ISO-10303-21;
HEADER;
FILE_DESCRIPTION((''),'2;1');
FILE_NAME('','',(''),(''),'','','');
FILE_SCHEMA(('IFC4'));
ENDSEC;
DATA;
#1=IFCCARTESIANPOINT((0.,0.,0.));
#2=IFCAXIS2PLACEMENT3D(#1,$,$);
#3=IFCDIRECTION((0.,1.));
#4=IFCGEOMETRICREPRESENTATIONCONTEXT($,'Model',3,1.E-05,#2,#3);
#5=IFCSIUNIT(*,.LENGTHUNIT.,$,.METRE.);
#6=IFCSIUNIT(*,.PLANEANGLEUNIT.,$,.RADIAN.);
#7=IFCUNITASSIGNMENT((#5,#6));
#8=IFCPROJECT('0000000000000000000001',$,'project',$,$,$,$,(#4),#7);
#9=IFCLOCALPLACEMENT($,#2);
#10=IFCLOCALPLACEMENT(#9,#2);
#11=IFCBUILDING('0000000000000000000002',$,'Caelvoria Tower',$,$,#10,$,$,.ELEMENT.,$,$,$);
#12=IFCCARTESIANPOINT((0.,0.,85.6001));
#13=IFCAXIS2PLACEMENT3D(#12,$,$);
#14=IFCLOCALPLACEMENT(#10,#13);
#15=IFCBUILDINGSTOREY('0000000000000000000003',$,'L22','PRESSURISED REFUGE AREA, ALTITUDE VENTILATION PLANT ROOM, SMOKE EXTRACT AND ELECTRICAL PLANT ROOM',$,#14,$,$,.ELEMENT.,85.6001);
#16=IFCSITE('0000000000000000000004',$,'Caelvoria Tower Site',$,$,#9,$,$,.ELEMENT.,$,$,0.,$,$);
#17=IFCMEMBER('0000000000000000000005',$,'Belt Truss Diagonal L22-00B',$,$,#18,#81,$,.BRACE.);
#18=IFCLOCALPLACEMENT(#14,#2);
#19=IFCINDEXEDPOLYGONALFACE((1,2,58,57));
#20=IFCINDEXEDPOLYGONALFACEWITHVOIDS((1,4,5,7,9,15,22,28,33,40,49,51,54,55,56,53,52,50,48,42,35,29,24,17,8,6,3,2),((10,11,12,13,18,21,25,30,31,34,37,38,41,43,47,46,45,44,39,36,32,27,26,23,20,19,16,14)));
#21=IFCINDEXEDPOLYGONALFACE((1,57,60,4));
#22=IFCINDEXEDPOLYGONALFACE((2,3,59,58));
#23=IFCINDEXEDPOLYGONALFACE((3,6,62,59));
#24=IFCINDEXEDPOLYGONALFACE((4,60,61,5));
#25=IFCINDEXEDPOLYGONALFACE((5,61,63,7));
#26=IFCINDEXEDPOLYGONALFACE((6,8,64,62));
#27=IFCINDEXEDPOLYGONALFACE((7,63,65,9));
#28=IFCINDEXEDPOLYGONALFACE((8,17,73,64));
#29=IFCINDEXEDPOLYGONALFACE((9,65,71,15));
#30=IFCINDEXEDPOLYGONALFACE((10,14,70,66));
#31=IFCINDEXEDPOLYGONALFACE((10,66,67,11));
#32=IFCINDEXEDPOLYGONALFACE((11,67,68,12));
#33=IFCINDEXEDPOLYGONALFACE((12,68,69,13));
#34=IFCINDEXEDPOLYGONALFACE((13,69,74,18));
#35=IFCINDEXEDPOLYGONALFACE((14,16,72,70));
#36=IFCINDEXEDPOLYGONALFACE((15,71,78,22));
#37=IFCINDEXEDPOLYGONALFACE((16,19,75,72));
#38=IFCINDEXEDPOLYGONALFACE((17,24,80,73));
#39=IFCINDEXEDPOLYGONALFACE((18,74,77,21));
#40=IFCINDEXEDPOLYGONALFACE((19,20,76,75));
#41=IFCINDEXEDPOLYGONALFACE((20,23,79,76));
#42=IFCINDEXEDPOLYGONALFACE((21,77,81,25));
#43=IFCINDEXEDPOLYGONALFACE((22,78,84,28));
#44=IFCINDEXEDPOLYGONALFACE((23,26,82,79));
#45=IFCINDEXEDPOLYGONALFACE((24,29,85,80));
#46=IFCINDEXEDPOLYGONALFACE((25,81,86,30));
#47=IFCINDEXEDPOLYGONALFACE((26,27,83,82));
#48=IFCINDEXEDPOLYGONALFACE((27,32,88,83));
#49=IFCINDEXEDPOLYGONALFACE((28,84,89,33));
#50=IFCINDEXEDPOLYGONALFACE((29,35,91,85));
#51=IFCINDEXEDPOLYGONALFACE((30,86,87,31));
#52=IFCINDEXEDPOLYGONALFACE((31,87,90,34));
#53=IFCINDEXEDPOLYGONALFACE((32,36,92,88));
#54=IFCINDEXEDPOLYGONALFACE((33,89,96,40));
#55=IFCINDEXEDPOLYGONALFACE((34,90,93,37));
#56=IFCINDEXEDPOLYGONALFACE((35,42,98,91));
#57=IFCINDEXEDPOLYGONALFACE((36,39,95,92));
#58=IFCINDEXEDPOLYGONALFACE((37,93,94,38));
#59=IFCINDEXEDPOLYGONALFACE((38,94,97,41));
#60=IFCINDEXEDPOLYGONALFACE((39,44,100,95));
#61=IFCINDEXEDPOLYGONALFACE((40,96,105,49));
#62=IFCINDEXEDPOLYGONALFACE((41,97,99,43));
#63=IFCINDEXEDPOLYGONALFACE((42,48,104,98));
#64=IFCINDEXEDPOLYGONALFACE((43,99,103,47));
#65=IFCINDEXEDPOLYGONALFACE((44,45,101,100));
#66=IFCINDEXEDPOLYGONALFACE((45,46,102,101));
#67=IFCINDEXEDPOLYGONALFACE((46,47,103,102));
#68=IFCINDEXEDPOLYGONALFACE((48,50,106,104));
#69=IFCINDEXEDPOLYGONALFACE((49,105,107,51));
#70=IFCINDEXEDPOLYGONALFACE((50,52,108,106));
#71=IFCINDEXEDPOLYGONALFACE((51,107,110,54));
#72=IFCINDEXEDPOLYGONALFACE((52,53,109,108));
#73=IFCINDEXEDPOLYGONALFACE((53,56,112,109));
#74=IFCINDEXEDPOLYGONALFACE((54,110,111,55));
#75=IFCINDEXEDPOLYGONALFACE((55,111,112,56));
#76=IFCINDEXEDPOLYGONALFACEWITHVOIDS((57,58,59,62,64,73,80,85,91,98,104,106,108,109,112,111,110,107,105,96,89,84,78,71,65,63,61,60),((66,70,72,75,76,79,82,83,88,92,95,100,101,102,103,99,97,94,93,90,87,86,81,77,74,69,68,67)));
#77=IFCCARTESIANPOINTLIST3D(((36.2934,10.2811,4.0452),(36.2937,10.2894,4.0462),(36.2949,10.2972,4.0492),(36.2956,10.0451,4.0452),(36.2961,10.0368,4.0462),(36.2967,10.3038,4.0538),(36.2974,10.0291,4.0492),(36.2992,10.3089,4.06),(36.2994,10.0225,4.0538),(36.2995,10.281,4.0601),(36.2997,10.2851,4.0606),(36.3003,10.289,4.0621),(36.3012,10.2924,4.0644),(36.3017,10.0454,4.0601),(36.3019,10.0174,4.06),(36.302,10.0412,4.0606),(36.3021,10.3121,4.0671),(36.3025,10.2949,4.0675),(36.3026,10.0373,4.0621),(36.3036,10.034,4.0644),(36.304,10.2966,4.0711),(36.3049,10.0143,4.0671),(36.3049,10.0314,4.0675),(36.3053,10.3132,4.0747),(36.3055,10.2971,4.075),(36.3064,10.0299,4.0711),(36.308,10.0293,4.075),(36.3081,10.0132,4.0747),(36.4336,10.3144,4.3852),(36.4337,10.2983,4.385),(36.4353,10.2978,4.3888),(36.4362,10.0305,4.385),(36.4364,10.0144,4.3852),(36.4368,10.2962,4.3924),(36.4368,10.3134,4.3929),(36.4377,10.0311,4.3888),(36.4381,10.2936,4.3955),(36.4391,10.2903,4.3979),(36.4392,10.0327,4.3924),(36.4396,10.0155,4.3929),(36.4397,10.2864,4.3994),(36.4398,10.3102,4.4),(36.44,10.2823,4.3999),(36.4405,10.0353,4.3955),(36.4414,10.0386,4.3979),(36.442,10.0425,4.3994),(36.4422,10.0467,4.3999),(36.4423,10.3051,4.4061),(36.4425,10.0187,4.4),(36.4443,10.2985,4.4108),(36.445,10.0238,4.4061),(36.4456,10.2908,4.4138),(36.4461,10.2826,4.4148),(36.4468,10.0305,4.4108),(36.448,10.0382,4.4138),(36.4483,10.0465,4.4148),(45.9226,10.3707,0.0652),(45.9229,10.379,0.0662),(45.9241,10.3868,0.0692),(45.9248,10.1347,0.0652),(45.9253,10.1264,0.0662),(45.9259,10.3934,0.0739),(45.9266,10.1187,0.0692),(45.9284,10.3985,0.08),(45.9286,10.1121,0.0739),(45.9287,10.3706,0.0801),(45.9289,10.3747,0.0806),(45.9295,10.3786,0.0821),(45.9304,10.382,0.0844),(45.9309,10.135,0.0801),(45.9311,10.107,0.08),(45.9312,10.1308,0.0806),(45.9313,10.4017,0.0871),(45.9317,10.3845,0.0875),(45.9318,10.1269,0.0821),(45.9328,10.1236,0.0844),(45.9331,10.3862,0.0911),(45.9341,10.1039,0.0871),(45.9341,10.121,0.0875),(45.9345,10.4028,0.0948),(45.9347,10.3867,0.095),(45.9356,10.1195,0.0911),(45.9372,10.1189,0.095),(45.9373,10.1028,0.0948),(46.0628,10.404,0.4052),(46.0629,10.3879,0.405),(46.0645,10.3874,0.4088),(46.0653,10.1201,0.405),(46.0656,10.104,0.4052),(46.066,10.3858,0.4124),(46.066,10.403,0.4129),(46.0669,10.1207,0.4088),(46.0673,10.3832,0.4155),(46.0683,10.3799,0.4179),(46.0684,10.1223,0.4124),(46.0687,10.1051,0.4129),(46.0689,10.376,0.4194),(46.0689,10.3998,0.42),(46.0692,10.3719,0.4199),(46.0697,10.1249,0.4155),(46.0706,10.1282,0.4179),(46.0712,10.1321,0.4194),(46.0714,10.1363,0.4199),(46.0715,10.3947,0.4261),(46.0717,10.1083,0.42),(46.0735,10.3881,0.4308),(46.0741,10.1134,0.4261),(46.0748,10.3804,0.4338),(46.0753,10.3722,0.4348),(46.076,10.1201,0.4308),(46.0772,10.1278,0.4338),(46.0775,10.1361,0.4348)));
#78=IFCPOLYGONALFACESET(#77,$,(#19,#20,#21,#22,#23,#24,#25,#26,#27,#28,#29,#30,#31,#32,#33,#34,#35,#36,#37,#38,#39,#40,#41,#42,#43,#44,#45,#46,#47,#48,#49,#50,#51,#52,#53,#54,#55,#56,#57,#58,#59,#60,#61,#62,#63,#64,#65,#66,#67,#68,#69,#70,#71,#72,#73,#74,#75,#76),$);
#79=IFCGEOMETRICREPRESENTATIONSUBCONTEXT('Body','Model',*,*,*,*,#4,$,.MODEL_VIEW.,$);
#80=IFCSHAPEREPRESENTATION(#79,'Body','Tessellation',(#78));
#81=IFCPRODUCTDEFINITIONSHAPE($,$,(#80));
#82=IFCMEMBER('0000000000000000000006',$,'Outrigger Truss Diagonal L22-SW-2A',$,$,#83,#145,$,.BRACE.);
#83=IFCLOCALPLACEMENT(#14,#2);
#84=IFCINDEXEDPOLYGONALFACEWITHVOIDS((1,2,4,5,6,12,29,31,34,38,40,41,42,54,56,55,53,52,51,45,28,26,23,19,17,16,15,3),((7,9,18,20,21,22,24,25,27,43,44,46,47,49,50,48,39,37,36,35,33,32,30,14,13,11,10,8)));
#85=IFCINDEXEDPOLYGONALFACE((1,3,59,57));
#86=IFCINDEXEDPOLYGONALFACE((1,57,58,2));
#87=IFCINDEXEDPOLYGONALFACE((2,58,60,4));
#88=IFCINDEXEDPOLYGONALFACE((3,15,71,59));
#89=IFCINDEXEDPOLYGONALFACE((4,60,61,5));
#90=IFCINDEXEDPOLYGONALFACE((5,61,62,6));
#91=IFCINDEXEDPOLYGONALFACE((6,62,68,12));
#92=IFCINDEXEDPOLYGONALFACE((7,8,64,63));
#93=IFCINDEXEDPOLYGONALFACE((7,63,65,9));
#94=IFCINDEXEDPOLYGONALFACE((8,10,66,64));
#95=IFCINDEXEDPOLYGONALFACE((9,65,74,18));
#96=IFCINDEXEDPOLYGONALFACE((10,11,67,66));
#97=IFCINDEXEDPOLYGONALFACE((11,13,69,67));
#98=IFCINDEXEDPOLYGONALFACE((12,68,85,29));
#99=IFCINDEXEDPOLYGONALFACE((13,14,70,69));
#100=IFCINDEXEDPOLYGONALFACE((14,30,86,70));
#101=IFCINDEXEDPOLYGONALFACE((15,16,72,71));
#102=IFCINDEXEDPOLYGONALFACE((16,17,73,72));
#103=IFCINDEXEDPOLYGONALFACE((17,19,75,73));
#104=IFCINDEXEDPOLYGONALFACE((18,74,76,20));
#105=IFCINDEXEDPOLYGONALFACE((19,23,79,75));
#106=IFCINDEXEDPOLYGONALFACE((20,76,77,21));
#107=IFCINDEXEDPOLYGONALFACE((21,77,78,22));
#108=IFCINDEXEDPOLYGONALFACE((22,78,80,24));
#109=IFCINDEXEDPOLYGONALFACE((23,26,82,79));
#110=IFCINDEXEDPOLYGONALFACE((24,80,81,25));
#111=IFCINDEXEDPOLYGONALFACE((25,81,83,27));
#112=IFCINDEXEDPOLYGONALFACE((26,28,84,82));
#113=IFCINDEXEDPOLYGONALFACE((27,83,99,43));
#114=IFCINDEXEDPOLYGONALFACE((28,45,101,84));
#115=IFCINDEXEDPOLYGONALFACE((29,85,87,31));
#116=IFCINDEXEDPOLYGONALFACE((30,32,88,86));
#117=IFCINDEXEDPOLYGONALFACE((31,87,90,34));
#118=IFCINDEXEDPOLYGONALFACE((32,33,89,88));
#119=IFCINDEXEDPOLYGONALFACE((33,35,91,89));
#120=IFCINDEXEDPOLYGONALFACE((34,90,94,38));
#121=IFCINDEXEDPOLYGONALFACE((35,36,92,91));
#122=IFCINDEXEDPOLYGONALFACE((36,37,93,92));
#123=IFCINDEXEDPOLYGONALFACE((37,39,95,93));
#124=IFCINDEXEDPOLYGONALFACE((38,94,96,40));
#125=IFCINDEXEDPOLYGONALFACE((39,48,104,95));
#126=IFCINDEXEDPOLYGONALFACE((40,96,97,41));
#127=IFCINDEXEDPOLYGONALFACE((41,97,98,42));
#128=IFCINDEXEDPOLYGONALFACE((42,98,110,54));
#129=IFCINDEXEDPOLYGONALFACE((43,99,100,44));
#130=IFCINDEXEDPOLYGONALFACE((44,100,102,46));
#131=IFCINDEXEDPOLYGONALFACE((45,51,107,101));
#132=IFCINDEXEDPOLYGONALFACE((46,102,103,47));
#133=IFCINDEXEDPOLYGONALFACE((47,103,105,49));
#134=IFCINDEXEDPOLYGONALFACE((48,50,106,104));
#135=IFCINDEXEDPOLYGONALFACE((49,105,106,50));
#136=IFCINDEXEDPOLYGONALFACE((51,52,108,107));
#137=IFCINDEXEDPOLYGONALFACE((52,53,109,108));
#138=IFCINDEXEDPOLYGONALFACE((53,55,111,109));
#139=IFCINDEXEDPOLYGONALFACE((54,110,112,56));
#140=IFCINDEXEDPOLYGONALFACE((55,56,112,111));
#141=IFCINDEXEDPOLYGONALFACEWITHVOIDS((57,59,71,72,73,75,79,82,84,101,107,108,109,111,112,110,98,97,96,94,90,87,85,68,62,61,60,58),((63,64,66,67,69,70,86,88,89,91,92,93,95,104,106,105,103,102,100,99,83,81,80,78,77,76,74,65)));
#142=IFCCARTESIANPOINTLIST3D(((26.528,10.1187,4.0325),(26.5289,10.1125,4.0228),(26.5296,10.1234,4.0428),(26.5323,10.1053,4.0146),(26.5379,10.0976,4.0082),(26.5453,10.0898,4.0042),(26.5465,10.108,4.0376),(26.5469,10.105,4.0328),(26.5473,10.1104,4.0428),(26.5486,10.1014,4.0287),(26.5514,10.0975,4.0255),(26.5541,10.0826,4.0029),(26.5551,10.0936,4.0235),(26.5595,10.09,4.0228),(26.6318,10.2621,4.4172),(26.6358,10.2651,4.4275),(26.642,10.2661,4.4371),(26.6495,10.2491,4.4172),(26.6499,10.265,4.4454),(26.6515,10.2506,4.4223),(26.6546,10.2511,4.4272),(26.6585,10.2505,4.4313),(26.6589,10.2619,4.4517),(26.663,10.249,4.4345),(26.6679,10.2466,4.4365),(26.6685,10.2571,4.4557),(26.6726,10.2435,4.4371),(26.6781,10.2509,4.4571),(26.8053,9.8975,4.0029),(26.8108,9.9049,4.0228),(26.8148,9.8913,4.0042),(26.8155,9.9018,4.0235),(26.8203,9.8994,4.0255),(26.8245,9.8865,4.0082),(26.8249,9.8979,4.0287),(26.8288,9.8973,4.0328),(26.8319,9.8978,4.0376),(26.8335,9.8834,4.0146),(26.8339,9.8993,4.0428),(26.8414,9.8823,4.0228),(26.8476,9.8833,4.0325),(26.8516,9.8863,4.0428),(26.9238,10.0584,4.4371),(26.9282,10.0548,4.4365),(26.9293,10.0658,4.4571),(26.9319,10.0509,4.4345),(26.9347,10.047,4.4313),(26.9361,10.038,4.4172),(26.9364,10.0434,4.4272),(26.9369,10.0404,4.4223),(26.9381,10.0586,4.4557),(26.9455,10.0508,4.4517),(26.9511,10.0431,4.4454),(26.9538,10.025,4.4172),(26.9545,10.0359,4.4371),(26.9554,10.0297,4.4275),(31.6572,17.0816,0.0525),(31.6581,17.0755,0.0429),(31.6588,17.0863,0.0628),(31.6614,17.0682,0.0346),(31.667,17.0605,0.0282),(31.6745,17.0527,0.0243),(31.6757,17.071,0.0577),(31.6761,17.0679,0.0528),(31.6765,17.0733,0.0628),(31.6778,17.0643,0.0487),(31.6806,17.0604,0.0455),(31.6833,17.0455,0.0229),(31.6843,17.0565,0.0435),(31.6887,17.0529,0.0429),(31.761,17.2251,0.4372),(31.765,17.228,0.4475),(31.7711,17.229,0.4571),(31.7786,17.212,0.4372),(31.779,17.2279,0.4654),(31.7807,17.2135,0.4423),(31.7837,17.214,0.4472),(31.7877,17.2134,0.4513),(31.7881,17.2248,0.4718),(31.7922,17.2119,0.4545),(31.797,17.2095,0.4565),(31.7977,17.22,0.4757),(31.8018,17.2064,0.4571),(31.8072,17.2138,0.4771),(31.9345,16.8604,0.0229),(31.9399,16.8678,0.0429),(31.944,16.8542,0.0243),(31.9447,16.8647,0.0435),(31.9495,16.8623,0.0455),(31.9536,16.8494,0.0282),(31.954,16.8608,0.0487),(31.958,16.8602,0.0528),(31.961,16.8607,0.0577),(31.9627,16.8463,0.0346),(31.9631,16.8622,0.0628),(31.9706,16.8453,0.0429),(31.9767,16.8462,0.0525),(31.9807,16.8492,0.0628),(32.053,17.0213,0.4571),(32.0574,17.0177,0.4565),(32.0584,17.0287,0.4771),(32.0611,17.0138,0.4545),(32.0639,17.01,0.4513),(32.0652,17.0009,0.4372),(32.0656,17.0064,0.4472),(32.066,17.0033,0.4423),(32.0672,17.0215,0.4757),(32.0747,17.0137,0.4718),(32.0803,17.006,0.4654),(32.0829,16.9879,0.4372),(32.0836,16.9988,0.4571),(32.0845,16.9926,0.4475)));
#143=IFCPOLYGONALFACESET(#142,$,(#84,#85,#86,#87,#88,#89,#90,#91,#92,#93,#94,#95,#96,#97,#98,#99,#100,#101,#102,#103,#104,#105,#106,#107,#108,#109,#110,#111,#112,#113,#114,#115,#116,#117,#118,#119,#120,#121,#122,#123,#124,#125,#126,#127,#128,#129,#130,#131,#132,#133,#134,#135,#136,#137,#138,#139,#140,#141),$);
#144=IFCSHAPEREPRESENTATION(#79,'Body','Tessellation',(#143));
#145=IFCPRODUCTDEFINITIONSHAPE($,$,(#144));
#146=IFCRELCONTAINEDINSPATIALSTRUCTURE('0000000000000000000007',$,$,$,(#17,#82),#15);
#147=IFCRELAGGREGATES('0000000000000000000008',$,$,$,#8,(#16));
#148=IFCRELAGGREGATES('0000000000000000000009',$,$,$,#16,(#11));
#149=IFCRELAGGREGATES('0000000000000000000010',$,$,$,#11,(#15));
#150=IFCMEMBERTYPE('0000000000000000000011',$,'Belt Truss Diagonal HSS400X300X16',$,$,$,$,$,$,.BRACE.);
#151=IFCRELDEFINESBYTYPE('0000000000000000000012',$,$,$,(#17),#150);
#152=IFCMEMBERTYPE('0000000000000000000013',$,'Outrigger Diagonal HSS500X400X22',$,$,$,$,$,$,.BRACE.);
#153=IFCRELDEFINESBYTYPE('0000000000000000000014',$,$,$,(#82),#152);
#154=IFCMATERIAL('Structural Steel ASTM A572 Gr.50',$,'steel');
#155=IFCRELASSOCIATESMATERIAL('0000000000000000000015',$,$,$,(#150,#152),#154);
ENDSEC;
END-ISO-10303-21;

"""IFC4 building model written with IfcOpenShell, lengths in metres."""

from ifc_helpers import new_model, si_unit, direction, frame, origin, origin_2d, place, context, subcontext, project, spatial, hollow_rectangle, extrude, material, material_profile, profile_set, type_object, element, save


model = new_model("IFC4")

# Units and contexts
model_context = context("Model", 3, precision=1e-05, world=origin(), true_north=direction((0.0, 1.0)))
body_context = subcontext(model_context, "Body", "Model", "MODEL_VIEW")
ifc_project = project(units=[si_unit("LENGTHUNIT", "METRE"), si_unit("PLANEANGLEUNIT", "RADIAN")], contexts=[model_context])

# Site, building, storey
site_placement = place(None, origin())
site = spatial("IfcSite", under=ifc_project, at=site_placement, Name="Caelvoria Tower Site", CompositionType="ELEMENT", RefElevation=0.0)
building_placement = place(site_placement, origin())
building = spatial("IfcBuilding", under=site, at=building_placement, Name="Caelvoria Tower", CompositionType="ELEMENT")
storey_placement = place(building_placement, frame((0.0, 0.0, 85.6001)))
storey = spatial("IfcBuildingStorey", under=building, at=storey_placement, Name="L22", Description="PRESSURISED REFUGE AREA, ALTITUDE VENTILATION PLANT ROOM, SMOKE EXTRACT AND ELECTRICAL PLANT ROOM", CompositionType="ELEMENT", Elevation=85.6001)

# Members
ifc_material_1 = material(Name="Structural Steel ASTM A572 Gr.50", Category="steel")
ifc_material_profile_1 = material_profile(ifc_material_1, hollow_rectangle(XDim=0.3, YDim=0.3999, WallThickness=0.0161, InnerFilletRadius=0.0161, OuterFilletRadius=0.032, at=origin_2d()), Name="Structural Steel ASTM A572 Gr.50")
ifc_profile_set_1 = profile_set([ifc_material_profile_1], Name="HSS400X300X16 - Structural Steel ASTM A572 Gr.50")
member_type_1 = type_object("IfcMemberType", Name="Belt Truss Diagonal HSS400X300X16", PredefinedType="BRACE", material=ifc_profile_set_1)
member_1_placement = place(storey_placement, frame((36.3708, 10.1638, 4.23), z_axis=(0.924135, 0.008599, -0.381969), x_axis=(-0.009305, 0.999957, 0.0)))
element("IfcMember", 1, at=member_1_placement, inside=storey, type_object=member_type_1, Name="Belt Truss Diagonal L22-00B", PredefinedType="BRACE", context=body_context, shape_type="SweptSolid", body=[
    extrude(hollow_rectangle(XDim=0.3, YDim=0.3999, WallThickness=0.0161, InnerFilletRadius=0.0161, OuterFilletRadius=0.032, at=origin_2d()), origin(), (0.0, 0.0, 1.0), 10.4197),
])
ifc_material_profile_2 = material_profile(ifc_material_1, hollow_rectangle(XDim=0.3999, YDim=0.5, WallThickness=0.022, InnerFilletRadius=0.022, OuterFilletRadius=0.0439, at=origin_2d()), Name="Structural Steel ASTM A572 Gr.50")
ifc_profile_set_2 = profile_set([ifc_material_profile_2], Name="HSS500X400X22 - Structural Steel ASTM A572 Gr.50")
member_type_2 = type_object("IfcMemberType", Name="Outrigger Diagonal HSS500X400X22", PredefinedType="BRACE", material=ifc_profile_set_2)
member_2_placement = place(storey_placement, frame((31.8708, 17.0371, 0.25), z_axis=(-0.538777, -0.731397, 0.418065), x_axis=(0.805133, -0.593094, 0.0)))
element("IfcMember", 2, at=member_2_placement, inside=storey, type_object=member_type_2, Name="Outrigger Truss Diagonal L22-SW-2A", PredefinedType="BRACE", context=body_context, shape_type="SweptSolid", body=[
    extrude(hollow_rectangle(XDim=0.3999, YDim=0.5, WallThickness=0.022, InnerFilletRadius=0.022, OuterFilletRadius=0.0439, at=origin_2d()), origin(), (0.0, 0.0, 1.0), 9.52),
])

save(model, "model.ifc")
